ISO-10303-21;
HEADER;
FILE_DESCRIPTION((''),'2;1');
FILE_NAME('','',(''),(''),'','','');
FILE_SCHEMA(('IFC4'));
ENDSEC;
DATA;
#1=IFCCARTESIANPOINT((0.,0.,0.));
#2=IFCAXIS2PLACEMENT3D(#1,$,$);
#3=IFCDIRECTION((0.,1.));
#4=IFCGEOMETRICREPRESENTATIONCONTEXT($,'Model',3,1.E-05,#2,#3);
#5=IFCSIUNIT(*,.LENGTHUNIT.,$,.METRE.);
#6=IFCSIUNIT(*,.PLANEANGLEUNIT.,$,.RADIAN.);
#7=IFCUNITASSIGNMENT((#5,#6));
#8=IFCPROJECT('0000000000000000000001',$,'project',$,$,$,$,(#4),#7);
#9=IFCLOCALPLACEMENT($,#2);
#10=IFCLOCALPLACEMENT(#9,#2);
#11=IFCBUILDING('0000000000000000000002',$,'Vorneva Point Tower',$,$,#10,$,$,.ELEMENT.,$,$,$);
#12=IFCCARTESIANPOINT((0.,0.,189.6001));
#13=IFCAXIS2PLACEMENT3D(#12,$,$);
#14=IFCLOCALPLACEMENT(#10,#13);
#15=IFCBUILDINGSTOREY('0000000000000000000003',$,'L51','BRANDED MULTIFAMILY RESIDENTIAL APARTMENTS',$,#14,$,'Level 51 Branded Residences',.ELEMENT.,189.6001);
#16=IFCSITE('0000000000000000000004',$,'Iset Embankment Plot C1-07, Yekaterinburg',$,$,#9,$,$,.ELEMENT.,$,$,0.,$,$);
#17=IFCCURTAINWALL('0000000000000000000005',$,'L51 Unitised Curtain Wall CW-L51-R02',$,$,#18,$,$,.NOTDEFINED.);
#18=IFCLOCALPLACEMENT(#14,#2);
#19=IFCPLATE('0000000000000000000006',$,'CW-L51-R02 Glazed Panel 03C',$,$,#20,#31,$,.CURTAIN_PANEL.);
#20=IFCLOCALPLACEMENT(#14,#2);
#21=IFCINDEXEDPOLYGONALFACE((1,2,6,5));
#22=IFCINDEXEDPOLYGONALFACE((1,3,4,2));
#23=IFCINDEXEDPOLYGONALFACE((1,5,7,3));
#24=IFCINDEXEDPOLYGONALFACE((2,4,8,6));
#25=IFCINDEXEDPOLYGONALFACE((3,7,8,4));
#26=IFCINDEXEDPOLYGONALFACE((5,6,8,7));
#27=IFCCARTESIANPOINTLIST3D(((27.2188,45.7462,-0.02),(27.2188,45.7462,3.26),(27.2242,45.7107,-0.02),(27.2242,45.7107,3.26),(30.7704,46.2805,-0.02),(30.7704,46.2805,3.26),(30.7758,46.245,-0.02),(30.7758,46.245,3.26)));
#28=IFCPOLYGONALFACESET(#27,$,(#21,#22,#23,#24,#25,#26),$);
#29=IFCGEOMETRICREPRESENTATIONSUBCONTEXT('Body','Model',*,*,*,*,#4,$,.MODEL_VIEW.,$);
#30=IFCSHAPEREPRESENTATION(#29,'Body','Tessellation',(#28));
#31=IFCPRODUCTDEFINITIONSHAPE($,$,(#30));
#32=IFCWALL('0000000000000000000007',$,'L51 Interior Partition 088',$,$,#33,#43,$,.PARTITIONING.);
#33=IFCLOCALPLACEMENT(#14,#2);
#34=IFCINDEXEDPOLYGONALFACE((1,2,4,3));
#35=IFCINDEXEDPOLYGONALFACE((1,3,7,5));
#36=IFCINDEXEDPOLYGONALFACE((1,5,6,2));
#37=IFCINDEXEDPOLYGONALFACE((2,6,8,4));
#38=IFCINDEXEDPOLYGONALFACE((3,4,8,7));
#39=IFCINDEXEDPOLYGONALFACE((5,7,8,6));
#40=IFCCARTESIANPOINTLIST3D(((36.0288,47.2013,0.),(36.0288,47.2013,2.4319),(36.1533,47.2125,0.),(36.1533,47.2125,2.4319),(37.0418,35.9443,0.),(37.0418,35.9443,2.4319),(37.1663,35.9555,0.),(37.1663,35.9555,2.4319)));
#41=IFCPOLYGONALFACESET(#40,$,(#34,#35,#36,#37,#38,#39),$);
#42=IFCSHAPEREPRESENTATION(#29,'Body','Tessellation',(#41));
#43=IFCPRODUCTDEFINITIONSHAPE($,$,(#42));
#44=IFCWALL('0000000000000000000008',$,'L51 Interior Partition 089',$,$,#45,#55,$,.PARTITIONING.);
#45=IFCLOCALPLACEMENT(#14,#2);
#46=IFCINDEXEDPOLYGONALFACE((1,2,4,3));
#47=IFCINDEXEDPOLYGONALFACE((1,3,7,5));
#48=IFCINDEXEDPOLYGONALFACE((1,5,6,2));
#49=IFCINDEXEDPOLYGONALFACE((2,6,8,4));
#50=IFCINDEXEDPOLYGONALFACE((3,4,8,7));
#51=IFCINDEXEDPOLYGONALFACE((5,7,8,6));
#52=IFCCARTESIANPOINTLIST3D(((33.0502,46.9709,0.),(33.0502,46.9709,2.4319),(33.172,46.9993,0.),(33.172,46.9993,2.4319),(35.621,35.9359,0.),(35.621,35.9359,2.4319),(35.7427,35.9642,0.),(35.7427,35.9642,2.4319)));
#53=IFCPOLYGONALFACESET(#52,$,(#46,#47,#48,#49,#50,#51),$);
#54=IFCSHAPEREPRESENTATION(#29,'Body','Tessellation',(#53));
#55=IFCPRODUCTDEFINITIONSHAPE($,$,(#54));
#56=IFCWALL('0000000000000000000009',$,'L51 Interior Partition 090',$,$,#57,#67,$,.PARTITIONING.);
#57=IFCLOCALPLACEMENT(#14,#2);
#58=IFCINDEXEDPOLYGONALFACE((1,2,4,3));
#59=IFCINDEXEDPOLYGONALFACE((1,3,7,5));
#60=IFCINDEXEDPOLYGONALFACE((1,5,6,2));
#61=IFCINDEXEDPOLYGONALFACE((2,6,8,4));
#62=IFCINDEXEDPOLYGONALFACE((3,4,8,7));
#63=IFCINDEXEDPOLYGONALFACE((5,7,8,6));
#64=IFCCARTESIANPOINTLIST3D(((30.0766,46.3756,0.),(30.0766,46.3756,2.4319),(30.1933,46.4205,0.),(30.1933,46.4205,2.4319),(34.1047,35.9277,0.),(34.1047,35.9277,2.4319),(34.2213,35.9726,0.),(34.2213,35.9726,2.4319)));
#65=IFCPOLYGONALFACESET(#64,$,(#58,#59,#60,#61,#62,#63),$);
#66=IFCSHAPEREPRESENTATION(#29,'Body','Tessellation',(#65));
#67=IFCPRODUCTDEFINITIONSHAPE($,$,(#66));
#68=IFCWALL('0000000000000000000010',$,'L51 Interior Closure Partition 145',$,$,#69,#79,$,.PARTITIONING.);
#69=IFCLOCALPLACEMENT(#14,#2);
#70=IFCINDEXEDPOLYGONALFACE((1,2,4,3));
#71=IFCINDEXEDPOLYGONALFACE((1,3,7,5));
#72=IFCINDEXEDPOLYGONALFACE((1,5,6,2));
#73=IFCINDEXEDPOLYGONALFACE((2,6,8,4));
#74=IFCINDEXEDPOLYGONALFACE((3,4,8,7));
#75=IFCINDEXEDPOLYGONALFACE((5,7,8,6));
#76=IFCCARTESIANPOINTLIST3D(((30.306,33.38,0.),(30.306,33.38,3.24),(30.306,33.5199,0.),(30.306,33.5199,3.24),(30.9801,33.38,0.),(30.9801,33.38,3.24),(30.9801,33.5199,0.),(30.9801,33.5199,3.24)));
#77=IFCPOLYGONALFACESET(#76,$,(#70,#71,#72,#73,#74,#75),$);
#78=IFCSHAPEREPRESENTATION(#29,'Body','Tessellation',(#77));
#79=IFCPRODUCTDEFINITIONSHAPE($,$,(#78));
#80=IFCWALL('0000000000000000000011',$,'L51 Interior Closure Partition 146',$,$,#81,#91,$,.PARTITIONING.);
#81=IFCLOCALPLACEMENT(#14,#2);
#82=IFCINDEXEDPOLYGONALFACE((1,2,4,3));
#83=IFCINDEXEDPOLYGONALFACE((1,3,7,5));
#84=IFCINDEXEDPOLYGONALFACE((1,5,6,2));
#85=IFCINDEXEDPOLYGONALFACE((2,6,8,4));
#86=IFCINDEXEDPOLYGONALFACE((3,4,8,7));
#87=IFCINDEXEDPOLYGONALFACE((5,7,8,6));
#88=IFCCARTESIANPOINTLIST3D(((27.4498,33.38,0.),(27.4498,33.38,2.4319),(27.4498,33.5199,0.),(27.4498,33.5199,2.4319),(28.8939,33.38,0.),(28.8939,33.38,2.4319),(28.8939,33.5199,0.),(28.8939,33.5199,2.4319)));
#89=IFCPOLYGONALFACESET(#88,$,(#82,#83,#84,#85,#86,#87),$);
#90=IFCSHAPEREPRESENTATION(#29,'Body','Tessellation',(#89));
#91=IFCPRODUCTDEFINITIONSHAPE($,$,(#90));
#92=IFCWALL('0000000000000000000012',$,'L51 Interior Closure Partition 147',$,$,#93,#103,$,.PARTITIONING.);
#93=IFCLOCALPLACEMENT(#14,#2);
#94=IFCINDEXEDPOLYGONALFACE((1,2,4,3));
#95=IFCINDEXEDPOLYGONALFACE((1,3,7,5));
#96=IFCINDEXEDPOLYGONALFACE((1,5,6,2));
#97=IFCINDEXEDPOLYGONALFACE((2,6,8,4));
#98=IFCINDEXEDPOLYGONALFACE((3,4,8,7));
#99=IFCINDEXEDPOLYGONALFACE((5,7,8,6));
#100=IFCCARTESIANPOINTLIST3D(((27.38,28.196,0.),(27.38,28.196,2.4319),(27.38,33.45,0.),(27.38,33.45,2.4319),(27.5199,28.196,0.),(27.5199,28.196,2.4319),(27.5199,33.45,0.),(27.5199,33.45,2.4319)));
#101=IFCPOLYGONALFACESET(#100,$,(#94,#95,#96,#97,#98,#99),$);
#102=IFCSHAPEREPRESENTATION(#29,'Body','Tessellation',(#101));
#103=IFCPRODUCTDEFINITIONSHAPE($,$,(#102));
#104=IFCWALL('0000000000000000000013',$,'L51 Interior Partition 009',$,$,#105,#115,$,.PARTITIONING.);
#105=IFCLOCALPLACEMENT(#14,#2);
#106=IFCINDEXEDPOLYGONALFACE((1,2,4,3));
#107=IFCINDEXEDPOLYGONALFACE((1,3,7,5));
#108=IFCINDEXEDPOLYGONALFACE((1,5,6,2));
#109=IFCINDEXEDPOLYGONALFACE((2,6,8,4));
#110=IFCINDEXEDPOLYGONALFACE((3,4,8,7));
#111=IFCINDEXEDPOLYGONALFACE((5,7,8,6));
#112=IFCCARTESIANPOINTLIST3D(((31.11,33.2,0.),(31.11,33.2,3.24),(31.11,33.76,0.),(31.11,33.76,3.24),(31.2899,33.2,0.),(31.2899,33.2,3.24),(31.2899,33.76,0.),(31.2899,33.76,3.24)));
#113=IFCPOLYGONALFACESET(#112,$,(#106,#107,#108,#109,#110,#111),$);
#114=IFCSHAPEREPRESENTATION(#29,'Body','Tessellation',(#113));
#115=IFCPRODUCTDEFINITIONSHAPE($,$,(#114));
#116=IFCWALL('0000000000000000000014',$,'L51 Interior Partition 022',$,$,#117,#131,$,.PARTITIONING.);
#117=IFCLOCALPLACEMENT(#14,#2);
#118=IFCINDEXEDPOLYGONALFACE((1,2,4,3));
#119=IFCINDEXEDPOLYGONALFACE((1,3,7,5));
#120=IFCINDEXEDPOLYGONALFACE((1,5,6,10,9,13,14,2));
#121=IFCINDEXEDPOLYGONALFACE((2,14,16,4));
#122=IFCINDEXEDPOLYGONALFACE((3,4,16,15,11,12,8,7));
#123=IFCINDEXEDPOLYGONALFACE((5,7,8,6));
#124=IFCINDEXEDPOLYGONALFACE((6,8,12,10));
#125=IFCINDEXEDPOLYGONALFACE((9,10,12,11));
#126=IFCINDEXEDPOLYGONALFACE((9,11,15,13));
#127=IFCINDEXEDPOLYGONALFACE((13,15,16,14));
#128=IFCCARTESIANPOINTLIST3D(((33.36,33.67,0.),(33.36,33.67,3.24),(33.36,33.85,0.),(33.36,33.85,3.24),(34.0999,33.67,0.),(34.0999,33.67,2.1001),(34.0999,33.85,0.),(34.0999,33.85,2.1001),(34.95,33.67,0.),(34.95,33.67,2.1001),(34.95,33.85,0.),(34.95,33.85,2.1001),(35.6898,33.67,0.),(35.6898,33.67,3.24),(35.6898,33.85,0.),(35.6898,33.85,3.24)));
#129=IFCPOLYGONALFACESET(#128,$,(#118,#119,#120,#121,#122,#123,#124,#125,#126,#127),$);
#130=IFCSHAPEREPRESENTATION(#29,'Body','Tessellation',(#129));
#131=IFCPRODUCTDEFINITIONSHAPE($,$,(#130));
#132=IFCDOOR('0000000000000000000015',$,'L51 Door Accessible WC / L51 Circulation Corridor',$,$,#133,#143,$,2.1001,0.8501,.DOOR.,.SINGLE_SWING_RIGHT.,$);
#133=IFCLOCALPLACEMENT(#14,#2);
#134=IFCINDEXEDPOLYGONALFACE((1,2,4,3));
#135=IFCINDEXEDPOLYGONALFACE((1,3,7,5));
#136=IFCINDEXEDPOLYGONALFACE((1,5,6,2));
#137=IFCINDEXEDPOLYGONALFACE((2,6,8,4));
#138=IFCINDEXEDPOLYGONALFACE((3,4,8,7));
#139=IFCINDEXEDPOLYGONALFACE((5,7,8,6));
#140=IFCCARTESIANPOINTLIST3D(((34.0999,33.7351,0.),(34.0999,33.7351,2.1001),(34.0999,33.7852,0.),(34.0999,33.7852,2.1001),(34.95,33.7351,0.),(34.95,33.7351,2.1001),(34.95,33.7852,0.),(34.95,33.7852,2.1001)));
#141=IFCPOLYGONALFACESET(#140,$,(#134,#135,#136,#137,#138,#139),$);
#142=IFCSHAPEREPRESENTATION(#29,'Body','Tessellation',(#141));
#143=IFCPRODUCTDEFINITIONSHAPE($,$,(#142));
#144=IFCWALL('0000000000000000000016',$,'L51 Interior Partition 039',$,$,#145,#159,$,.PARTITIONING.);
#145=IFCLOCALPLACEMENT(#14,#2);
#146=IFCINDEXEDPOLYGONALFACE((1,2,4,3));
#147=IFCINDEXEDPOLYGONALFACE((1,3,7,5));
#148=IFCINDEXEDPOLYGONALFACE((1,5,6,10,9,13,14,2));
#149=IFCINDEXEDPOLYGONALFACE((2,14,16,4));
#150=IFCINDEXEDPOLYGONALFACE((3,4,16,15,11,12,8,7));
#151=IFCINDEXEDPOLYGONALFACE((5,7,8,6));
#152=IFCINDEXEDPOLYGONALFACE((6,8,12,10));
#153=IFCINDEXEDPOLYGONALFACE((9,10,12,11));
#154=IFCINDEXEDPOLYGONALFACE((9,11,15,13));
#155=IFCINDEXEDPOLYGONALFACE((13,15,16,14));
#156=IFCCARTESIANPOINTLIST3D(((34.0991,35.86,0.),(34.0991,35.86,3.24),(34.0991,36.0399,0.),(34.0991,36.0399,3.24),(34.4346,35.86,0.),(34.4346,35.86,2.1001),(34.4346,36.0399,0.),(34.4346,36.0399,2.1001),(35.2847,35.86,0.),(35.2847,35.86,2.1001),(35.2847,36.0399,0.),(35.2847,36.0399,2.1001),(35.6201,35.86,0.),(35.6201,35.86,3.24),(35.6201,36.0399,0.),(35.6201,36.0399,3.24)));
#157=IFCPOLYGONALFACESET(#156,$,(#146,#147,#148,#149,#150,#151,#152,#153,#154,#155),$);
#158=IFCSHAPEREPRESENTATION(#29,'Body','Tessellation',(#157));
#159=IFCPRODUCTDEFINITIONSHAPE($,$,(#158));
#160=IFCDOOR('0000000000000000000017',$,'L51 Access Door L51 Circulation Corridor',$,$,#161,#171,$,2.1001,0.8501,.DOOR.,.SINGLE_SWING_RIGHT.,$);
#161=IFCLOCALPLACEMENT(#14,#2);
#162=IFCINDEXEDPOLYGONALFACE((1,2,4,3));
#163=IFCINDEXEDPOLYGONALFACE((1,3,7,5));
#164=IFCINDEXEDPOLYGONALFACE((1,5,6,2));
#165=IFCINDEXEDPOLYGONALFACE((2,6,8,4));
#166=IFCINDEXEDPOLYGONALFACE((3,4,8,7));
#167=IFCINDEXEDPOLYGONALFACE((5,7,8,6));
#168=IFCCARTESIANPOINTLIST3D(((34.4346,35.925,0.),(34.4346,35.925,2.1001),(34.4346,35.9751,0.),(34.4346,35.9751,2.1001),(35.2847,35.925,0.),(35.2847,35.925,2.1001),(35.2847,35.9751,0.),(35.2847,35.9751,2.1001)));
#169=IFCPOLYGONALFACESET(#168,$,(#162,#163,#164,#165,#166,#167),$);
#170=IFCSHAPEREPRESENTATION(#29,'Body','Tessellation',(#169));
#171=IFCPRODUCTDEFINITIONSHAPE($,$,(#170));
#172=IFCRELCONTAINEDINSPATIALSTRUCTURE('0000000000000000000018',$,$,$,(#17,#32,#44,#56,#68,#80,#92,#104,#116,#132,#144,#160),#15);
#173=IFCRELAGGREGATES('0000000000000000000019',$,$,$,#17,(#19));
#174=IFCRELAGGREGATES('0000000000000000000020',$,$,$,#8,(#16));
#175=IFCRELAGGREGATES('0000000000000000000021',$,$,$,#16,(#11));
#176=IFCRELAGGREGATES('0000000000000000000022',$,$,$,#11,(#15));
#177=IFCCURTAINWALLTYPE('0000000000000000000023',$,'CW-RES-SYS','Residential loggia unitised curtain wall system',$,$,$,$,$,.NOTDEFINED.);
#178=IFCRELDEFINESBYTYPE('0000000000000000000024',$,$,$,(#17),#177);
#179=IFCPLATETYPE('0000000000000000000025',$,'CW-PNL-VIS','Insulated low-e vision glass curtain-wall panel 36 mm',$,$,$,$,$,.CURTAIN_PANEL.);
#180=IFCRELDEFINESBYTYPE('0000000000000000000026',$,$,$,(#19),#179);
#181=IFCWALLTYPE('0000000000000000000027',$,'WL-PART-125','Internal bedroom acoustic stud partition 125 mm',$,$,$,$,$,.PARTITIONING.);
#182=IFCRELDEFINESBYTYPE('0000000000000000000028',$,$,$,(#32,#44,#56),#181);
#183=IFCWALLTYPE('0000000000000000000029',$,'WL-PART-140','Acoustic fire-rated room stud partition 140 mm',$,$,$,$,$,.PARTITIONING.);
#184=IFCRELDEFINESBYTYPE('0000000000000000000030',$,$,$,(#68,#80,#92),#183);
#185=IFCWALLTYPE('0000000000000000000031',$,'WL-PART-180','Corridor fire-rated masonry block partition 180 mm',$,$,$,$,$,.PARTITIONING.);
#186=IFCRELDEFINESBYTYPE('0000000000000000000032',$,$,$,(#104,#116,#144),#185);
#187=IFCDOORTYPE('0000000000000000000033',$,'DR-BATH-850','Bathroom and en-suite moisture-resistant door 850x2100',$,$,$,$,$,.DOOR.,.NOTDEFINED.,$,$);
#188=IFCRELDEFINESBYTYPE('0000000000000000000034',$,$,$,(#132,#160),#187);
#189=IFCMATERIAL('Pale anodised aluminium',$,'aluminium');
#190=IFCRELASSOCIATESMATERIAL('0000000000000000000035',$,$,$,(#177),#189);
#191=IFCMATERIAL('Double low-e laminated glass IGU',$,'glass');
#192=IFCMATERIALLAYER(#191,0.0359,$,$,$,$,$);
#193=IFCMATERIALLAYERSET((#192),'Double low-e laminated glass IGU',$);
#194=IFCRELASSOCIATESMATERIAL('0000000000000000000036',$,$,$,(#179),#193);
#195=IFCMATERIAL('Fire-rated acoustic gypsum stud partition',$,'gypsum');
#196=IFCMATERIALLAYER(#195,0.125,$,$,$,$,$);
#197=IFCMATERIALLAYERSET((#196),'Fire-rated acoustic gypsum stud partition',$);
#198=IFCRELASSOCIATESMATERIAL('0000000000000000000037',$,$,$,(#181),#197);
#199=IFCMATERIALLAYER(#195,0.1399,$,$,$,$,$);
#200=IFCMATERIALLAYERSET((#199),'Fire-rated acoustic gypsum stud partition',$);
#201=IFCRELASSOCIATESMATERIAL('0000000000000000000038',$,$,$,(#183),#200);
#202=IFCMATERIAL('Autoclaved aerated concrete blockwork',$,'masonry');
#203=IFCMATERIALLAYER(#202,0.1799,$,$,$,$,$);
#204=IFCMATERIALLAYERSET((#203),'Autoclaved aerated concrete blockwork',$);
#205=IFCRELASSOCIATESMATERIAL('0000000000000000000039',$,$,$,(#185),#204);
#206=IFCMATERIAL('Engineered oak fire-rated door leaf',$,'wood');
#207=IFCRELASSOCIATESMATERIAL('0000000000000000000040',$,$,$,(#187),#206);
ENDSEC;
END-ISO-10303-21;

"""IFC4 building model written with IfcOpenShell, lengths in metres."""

from ifc_helpers import new_model, si_unit, direction, frame, frame_2d, origin, origin_2d, place, context, subcontext, project, spatial, rectangle, extrude, material, layer, layer_set, type_object, element, fill, aggregate, save


model = new_model("IFC4")

# Units and contexts
model_context = context("Model", 3, precision=1e-05, world=origin(), true_north=direction((0.0, 1.0)))
body_context = subcontext(model_context, "Body", "Model", "MODEL_VIEW")
ifc_project = project(units=[si_unit("LENGTHUNIT", "METRE"), si_unit("PLANEANGLEUNIT", "RADIAN")], contexts=[model_context])

# Site, building, storey
site_placement = place(None, origin())
site = spatial("IfcSite", under=ifc_project, at=site_placement, Name="Iset Embankment Plot C1-07, Yekaterinburg", CompositionType="ELEMENT", RefElevation=0.0)
building_placement = place(site_placement, origin())
building = spatial("IfcBuilding", under=site, at=building_placement, Name="Vorneva Point Tower", CompositionType="ELEMENT")
storey_placement = place(building_placement, frame((0.0, 0.0, 189.6001)))
storey = spatial("IfcBuildingStorey", under=building, at=storey_placement, Name="L51", Description="BRANDED MULTIFAMILY RESIDENTIAL APARTMENTS", LongName="Level 51 Branded Residences", CompositionType="ELEMENT", Elevation=189.6001)

# Curtain wall, plate
ifc_material_1 = material(Name="Pale anodised aluminium", Category="aluminium")
curtain_wall_type = type_object("IfcCurtainWallType", Name="CW-RES-SYS", Description="Residential loggia unitised curtain wall system", PredefinedType="NOTDEFINED", material=ifc_material_1)
curtain_wall_placement = place(storey_placement, origin())
curtain_wall = element("IfcCurtainWall", 1, at=curtain_wall_placement, inside=storey, type_object=curtain_wall_type, Name="L51 Unitised Curtain Wall CW-L51-R02", PredefinedType="NOTDEFINED")
ifc_material_2 = material(Name="Double low-e laminated glass IGU", Category="glass")
ifc_layer_1 = layer(ifc_material_2, 0.0359)
ifc_layer_set_1 = layer_set([ifc_layer_1], Name="Double low-e laminated glass IGU")
plate_type = type_object("IfcPlateType", Name="CW-PNL-VIS", Description="Insulated low-e vision glass curtain-wall panel 36 mm", PredefinedType="CURTAIN_PANEL", material=ifc_layer_set_1)
plate_1_placement = place(storey_placement, frame((28.9973, 45.9956, -0.02), z_axis=(0.0, 0.0, 1.0), x_axis=(-0.988874, -0.148759, 0.0)))
plate_1 = element("IfcPlate", 2, at=plate_1_placement, type_object=plate_type, Name="CW-L51-R02 Glazed Panel 03C", PredefinedType="CURTAIN_PANEL", context=body_context, shape_type="SweptSolid", body=[
    extrude(rectangle(XDim=3.5916, YDim=0.0359, at=origin_2d()), origin(), (0.0, 0.0, 1.0), 3.28),
])
aggregate(curtain_wall, [plate_1])

# Walls
ifc_material_3 = material(Name="Fire-rated acoustic gypsum stud partition", Category="gypsum")
ifc_layer_2 = layer(ifc_material_3, 0.125)
ifc_layer_set_2 = layer_set([ifc_layer_2], Name="Fire-rated acoustic gypsum stud partition")
wall_type_1 = type_object("IfcWallType", Name="WL-PART-125", Description="Internal bedroom acoustic stud partition 125 mm", PredefinedType="PARTITIONING", material=ifc_layer_set_2)
wall_1_placement = place(storey_placement, frame((36.0911, 47.207, 0.0), z_axis=(0.0, 0.0, 1.0), x_axis=(0.08962, -0.995976, 0.0)))
element("IfcWall", 3, at=wall_1_placement, inside=storey, type_object=wall_type_1, Name="L51 Interior Partition 088", PredefinedType="PARTITIONING", context=body_context, shape_type="SweptSolid", body=[
    extrude(rectangle(XDim=11.3025, YDim=0.125, at=frame_2d((5.6514, 0.0))), origin(), (0.0, 0.0, 1.0), 2.4319),
])
wall_2_placement = place(storey_placement, frame((33.1111, 46.9851, 0.0), z_axis=(0.0, 0.0, 1.0), x_axis=(0.226889, -0.973921, 0.0)))
element("IfcWall", 4, at=wall_2_placement, inside=storey, type_object=wall_type_1, Name="L51 Interior Partition 089", PredefinedType="PARTITIONING", context=body_context, shape_type="SweptSolid", body=[
    extrude(rectangle(XDim=11.3306, YDim=0.125, at=frame_2d((5.6653, 0.0))), origin(), (0.0, 0.0, 1.0), 2.4319),
])
wall_3_placement = place(storey_placement, frame((30.135, 46.3979, 0.0), z_axis=(0.0, 0.0, 1.0), x_axis=(0.359727, -0.933058, 0.0)))
element("IfcWall", 5, at=wall_3_placement, inside=storey, type_object=wall_type_1, Name="L51 Interior Partition 090", PredefinedType="PARTITIONING", context=body_context, shape_type="SweptSolid", body=[
    extrude(rectangle(XDim=11.1975, YDim=0.125, at=frame_2d((5.5986, 0.0))), origin(), (0.0, 0.0, 1.0), 2.4319),
])
ifc_layer_3 = layer(ifc_material_3, 0.1399)
ifc_layer_set_3 = layer_set([ifc_layer_3], Name="Fire-rated acoustic gypsum stud partition")
wall_type_2 = type_object("IfcWallType", Name="WL-PART-140", Description="Acoustic fire-rated room stud partition 140 mm", PredefinedType="PARTITIONING", material=ifc_layer_set_3)
wall_4_placement = place(storey_placement, frame((30.98, 33.45, 0.0), z_axis=(0.0, 0.0, 1.0), x_axis=(-1.0, 0.0, 0.0)))
element("IfcWall", 6, at=wall_4_placement, inside=storey, type_object=wall_type_2, Name="L51 Interior Closure Partition 145", PredefinedType="PARTITIONING", context=body_context, shape_type="SweptSolid", body=[
    extrude(rectangle(XDim=0.6741, YDim=0.1399, at=frame_2d((0.3369, 0.0))), origin(), (0.0, 0.0, 1.0), 3.24),
])
wall_5_placement = place(storey_placement, frame((28.894, 33.45, 0.0), z_axis=(0.0, 0.0, 1.0), x_axis=(-1.0, 0.0, 0.0)))
element("IfcWall", 7, at=wall_5_placement, inside=storey, type_object=wall_type_2, Name="L51 Interior Closure Partition 146", PredefinedType="PARTITIONING", context=body_context, shape_type="SweptSolid", body=[
    extrude(rectangle(XDim=1.4441, YDim=0.1399, at=frame_2d((0.7222, 0.0))), origin(), (0.0, 0.0, 1.0), 2.4319),
])
wall_6_placement = place(storey_placement, frame((27.45, 33.45, 0.0), z_axis=(0.0, 0.0, 1.0), x_axis=(0.0, -1.0, 0.0)))
element("IfcWall", 8, at=wall_6_placement, inside=storey, type_object=wall_type_2, Name="L51 Interior Closure Partition 147", PredefinedType="PARTITIONING", context=body_context, shape_type="SweptSolid", body=[
    extrude(rectangle(XDim=5.2539, YDim=0.1399, at=frame_2d((2.627, 0.0))), origin(), (0.0, 0.0, 1.0), 2.4319),
])

# Shared definitions
ifc_material_4 = material(Name="Autoclaved aerated concrete blockwork", Category="masonry")
ifc_layer_4 = layer(ifc_material_4, 0.1799)
ifc_layer_set_4 = layer_set([ifc_layer_4], Name="Autoclaved aerated concrete blockwork")
wall_type_3 = type_object("IfcWallType", Name="WL-PART-180", Description="Corridor fire-rated masonry block partition 180 mm", PredefinedType="PARTITIONING", material=ifc_layer_set_4)

# Wall
wall_7_placement = place(storey_placement, frame((31.2, 33.76, 0.0), z_axis=(0.0, 0.0, 1.0), x_axis=(0.0, -1.0, 0.0)))
element("IfcWall", 9, at=wall_7_placement, inside=storey, type_object=wall_type_3, Name="L51 Interior Partition 009", PredefinedType="PARTITIONING", context=body_context, shape_type="SweptSolid", body=[
    extrude(rectangle(XDim=0.5601, YDim=0.1799, at=frame_2d((0.28, 0.0))), origin(), (0.0, 0.0, 1.0), 3.24),
])

# Walls, openings, doors
wall_8_placement = place(storey_placement, frame((35.6899, 33.76, 0.0), z_axis=(0.0, 0.0, 1.0), x_axis=(-1.0, 0.0, 0.0)))
wall_8 = element("IfcWall", 10, at=wall_8_placement, inside=storey, type_object=wall_type_3, Name="L51 Interior Partition 022", PredefinedType="PARTITIONING", context=body_context, shape_type="SweptSolid", body=[
    extrude(rectangle(XDim=2.3298, YDim=0.1799, at=frame_2d((1.165, 0.0))), origin(), (0.0, 0.0, 1.0), 3.24),
])
opening_1_placement = place(wall_8_placement, frame((0.74, 0.0, 0.0)))
opening_1 = element("IfcOpeningElement", 11, at=opening_1_placement, cuts=wall_8, PredefinedType="OPENING", context=body_context, shape_type="SweptSolid", body=[
    extrude(rectangle(XDim=0.8501, YDim=2.1001, at=frame_2d((0.425, 1.05))), frame((0.0, 0.105, 0.0), z_axis=(0.0, -1.0, 0.0), x_axis=(1.0, 0.0, 0.0)), (0.0, 0.0, 1.0), 0.2097),
])
ifc_material_5 = material(Name="Engineered oak fire-rated door leaf", Category="wood")
door_type_1 = type_object("IfcDoorType", Name="DR-BATH-850", Description="Bathroom and en-suite moisture-resistant door 850x2100", OperationType="NOTDEFINED", PredefinedType="DOOR", material=ifc_material_5)
door_1_placement = place(opening_1_placement, origin())
door_1 = element("IfcDoor", 12, at=door_1_placement, inside=storey, type_object=door_type_1, Name="L51 Door Accessible WC / L51 Circulation Corridor", OperationType="SINGLE_SWING_RIGHT", OverallHeight=2.1001, OverallWidth=0.8501, PredefinedType="DOOR", context=body_context, shape_type="SweptSolid", body=[
    extrude(rectangle(XDim=0.8501, YDim=2.1001, at=frame_2d((0.425, 1.05))), frame((0.0, 0.0249, 0.0), z_axis=(0.0, -1.0, 0.0), x_axis=(1.0, 0.0, 0.0)), (0.0, 0.0, 1.0), 0.05),
])
fill(opening_1, door_1)
wall_9_placement = place(storey_placement, frame((35.6201, 35.95, 0.0), z_axis=(0.0, 0.0, 1.0), x_axis=(-1.0, 0.0, 0.0)))
wall_9 = element("IfcWall", 13, at=wall_9_placement, inside=storey, type_object=wall_type_3, Name="L51 Interior Partition 039", PredefinedType="PARTITIONING", context=body_context, shape_type="SweptSolid", body=[
    extrude(rectangle(XDim=1.521, YDim=0.1799, at=frame_2d((0.7605, 0.0))), origin(), (0.0, 0.0, 1.0), 3.24),
])
opening_2_placement = place(wall_9_placement, frame((0.3354, 0.0, 0.0)))
opening_2 = element("IfcOpeningElement", 14, at=opening_2_placement, cuts=wall_9, PredefinedType="OPENING", context=body_context, shape_type="SweptSolid", body=[
    extrude(rectangle(XDim=0.8501, YDim=2.1001, at=frame_2d((0.425, 1.05))), frame((0.0, 0.105, 0.0), z_axis=(0.0, -1.0, 0.0), x_axis=(1.0, 0.0, 0.0)), (0.0, 0.0, 1.0), 0.2097),
])
door_2_placement = place(opening_2_placement, origin())
door_2 = element("IfcDoor", 15, at=door_2_placement, inside=storey, type_object=door_type_1, Name="L51 Access Door L51 Circulation Corridor", OperationType="SINGLE_SWING_RIGHT", OverallHeight=2.1001, OverallWidth=0.8501, PredefinedType="DOOR", context=body_context, shape_type="SweptSolid", body=[
    extrude(rectangle(XDim=0.8501, YDim=2.1001, at=frame_2d((0.425, 1.05))), frame((0.0, 0.0249, 0.0), z_axis=(0.0, -1.0, 0.0), x_axis=(1.0, 0.0, 0.0)), (0.0, 0.0, 1.0), 0.05),
])
fill(opening_2, door_2)

save(model, "model.ifc")
